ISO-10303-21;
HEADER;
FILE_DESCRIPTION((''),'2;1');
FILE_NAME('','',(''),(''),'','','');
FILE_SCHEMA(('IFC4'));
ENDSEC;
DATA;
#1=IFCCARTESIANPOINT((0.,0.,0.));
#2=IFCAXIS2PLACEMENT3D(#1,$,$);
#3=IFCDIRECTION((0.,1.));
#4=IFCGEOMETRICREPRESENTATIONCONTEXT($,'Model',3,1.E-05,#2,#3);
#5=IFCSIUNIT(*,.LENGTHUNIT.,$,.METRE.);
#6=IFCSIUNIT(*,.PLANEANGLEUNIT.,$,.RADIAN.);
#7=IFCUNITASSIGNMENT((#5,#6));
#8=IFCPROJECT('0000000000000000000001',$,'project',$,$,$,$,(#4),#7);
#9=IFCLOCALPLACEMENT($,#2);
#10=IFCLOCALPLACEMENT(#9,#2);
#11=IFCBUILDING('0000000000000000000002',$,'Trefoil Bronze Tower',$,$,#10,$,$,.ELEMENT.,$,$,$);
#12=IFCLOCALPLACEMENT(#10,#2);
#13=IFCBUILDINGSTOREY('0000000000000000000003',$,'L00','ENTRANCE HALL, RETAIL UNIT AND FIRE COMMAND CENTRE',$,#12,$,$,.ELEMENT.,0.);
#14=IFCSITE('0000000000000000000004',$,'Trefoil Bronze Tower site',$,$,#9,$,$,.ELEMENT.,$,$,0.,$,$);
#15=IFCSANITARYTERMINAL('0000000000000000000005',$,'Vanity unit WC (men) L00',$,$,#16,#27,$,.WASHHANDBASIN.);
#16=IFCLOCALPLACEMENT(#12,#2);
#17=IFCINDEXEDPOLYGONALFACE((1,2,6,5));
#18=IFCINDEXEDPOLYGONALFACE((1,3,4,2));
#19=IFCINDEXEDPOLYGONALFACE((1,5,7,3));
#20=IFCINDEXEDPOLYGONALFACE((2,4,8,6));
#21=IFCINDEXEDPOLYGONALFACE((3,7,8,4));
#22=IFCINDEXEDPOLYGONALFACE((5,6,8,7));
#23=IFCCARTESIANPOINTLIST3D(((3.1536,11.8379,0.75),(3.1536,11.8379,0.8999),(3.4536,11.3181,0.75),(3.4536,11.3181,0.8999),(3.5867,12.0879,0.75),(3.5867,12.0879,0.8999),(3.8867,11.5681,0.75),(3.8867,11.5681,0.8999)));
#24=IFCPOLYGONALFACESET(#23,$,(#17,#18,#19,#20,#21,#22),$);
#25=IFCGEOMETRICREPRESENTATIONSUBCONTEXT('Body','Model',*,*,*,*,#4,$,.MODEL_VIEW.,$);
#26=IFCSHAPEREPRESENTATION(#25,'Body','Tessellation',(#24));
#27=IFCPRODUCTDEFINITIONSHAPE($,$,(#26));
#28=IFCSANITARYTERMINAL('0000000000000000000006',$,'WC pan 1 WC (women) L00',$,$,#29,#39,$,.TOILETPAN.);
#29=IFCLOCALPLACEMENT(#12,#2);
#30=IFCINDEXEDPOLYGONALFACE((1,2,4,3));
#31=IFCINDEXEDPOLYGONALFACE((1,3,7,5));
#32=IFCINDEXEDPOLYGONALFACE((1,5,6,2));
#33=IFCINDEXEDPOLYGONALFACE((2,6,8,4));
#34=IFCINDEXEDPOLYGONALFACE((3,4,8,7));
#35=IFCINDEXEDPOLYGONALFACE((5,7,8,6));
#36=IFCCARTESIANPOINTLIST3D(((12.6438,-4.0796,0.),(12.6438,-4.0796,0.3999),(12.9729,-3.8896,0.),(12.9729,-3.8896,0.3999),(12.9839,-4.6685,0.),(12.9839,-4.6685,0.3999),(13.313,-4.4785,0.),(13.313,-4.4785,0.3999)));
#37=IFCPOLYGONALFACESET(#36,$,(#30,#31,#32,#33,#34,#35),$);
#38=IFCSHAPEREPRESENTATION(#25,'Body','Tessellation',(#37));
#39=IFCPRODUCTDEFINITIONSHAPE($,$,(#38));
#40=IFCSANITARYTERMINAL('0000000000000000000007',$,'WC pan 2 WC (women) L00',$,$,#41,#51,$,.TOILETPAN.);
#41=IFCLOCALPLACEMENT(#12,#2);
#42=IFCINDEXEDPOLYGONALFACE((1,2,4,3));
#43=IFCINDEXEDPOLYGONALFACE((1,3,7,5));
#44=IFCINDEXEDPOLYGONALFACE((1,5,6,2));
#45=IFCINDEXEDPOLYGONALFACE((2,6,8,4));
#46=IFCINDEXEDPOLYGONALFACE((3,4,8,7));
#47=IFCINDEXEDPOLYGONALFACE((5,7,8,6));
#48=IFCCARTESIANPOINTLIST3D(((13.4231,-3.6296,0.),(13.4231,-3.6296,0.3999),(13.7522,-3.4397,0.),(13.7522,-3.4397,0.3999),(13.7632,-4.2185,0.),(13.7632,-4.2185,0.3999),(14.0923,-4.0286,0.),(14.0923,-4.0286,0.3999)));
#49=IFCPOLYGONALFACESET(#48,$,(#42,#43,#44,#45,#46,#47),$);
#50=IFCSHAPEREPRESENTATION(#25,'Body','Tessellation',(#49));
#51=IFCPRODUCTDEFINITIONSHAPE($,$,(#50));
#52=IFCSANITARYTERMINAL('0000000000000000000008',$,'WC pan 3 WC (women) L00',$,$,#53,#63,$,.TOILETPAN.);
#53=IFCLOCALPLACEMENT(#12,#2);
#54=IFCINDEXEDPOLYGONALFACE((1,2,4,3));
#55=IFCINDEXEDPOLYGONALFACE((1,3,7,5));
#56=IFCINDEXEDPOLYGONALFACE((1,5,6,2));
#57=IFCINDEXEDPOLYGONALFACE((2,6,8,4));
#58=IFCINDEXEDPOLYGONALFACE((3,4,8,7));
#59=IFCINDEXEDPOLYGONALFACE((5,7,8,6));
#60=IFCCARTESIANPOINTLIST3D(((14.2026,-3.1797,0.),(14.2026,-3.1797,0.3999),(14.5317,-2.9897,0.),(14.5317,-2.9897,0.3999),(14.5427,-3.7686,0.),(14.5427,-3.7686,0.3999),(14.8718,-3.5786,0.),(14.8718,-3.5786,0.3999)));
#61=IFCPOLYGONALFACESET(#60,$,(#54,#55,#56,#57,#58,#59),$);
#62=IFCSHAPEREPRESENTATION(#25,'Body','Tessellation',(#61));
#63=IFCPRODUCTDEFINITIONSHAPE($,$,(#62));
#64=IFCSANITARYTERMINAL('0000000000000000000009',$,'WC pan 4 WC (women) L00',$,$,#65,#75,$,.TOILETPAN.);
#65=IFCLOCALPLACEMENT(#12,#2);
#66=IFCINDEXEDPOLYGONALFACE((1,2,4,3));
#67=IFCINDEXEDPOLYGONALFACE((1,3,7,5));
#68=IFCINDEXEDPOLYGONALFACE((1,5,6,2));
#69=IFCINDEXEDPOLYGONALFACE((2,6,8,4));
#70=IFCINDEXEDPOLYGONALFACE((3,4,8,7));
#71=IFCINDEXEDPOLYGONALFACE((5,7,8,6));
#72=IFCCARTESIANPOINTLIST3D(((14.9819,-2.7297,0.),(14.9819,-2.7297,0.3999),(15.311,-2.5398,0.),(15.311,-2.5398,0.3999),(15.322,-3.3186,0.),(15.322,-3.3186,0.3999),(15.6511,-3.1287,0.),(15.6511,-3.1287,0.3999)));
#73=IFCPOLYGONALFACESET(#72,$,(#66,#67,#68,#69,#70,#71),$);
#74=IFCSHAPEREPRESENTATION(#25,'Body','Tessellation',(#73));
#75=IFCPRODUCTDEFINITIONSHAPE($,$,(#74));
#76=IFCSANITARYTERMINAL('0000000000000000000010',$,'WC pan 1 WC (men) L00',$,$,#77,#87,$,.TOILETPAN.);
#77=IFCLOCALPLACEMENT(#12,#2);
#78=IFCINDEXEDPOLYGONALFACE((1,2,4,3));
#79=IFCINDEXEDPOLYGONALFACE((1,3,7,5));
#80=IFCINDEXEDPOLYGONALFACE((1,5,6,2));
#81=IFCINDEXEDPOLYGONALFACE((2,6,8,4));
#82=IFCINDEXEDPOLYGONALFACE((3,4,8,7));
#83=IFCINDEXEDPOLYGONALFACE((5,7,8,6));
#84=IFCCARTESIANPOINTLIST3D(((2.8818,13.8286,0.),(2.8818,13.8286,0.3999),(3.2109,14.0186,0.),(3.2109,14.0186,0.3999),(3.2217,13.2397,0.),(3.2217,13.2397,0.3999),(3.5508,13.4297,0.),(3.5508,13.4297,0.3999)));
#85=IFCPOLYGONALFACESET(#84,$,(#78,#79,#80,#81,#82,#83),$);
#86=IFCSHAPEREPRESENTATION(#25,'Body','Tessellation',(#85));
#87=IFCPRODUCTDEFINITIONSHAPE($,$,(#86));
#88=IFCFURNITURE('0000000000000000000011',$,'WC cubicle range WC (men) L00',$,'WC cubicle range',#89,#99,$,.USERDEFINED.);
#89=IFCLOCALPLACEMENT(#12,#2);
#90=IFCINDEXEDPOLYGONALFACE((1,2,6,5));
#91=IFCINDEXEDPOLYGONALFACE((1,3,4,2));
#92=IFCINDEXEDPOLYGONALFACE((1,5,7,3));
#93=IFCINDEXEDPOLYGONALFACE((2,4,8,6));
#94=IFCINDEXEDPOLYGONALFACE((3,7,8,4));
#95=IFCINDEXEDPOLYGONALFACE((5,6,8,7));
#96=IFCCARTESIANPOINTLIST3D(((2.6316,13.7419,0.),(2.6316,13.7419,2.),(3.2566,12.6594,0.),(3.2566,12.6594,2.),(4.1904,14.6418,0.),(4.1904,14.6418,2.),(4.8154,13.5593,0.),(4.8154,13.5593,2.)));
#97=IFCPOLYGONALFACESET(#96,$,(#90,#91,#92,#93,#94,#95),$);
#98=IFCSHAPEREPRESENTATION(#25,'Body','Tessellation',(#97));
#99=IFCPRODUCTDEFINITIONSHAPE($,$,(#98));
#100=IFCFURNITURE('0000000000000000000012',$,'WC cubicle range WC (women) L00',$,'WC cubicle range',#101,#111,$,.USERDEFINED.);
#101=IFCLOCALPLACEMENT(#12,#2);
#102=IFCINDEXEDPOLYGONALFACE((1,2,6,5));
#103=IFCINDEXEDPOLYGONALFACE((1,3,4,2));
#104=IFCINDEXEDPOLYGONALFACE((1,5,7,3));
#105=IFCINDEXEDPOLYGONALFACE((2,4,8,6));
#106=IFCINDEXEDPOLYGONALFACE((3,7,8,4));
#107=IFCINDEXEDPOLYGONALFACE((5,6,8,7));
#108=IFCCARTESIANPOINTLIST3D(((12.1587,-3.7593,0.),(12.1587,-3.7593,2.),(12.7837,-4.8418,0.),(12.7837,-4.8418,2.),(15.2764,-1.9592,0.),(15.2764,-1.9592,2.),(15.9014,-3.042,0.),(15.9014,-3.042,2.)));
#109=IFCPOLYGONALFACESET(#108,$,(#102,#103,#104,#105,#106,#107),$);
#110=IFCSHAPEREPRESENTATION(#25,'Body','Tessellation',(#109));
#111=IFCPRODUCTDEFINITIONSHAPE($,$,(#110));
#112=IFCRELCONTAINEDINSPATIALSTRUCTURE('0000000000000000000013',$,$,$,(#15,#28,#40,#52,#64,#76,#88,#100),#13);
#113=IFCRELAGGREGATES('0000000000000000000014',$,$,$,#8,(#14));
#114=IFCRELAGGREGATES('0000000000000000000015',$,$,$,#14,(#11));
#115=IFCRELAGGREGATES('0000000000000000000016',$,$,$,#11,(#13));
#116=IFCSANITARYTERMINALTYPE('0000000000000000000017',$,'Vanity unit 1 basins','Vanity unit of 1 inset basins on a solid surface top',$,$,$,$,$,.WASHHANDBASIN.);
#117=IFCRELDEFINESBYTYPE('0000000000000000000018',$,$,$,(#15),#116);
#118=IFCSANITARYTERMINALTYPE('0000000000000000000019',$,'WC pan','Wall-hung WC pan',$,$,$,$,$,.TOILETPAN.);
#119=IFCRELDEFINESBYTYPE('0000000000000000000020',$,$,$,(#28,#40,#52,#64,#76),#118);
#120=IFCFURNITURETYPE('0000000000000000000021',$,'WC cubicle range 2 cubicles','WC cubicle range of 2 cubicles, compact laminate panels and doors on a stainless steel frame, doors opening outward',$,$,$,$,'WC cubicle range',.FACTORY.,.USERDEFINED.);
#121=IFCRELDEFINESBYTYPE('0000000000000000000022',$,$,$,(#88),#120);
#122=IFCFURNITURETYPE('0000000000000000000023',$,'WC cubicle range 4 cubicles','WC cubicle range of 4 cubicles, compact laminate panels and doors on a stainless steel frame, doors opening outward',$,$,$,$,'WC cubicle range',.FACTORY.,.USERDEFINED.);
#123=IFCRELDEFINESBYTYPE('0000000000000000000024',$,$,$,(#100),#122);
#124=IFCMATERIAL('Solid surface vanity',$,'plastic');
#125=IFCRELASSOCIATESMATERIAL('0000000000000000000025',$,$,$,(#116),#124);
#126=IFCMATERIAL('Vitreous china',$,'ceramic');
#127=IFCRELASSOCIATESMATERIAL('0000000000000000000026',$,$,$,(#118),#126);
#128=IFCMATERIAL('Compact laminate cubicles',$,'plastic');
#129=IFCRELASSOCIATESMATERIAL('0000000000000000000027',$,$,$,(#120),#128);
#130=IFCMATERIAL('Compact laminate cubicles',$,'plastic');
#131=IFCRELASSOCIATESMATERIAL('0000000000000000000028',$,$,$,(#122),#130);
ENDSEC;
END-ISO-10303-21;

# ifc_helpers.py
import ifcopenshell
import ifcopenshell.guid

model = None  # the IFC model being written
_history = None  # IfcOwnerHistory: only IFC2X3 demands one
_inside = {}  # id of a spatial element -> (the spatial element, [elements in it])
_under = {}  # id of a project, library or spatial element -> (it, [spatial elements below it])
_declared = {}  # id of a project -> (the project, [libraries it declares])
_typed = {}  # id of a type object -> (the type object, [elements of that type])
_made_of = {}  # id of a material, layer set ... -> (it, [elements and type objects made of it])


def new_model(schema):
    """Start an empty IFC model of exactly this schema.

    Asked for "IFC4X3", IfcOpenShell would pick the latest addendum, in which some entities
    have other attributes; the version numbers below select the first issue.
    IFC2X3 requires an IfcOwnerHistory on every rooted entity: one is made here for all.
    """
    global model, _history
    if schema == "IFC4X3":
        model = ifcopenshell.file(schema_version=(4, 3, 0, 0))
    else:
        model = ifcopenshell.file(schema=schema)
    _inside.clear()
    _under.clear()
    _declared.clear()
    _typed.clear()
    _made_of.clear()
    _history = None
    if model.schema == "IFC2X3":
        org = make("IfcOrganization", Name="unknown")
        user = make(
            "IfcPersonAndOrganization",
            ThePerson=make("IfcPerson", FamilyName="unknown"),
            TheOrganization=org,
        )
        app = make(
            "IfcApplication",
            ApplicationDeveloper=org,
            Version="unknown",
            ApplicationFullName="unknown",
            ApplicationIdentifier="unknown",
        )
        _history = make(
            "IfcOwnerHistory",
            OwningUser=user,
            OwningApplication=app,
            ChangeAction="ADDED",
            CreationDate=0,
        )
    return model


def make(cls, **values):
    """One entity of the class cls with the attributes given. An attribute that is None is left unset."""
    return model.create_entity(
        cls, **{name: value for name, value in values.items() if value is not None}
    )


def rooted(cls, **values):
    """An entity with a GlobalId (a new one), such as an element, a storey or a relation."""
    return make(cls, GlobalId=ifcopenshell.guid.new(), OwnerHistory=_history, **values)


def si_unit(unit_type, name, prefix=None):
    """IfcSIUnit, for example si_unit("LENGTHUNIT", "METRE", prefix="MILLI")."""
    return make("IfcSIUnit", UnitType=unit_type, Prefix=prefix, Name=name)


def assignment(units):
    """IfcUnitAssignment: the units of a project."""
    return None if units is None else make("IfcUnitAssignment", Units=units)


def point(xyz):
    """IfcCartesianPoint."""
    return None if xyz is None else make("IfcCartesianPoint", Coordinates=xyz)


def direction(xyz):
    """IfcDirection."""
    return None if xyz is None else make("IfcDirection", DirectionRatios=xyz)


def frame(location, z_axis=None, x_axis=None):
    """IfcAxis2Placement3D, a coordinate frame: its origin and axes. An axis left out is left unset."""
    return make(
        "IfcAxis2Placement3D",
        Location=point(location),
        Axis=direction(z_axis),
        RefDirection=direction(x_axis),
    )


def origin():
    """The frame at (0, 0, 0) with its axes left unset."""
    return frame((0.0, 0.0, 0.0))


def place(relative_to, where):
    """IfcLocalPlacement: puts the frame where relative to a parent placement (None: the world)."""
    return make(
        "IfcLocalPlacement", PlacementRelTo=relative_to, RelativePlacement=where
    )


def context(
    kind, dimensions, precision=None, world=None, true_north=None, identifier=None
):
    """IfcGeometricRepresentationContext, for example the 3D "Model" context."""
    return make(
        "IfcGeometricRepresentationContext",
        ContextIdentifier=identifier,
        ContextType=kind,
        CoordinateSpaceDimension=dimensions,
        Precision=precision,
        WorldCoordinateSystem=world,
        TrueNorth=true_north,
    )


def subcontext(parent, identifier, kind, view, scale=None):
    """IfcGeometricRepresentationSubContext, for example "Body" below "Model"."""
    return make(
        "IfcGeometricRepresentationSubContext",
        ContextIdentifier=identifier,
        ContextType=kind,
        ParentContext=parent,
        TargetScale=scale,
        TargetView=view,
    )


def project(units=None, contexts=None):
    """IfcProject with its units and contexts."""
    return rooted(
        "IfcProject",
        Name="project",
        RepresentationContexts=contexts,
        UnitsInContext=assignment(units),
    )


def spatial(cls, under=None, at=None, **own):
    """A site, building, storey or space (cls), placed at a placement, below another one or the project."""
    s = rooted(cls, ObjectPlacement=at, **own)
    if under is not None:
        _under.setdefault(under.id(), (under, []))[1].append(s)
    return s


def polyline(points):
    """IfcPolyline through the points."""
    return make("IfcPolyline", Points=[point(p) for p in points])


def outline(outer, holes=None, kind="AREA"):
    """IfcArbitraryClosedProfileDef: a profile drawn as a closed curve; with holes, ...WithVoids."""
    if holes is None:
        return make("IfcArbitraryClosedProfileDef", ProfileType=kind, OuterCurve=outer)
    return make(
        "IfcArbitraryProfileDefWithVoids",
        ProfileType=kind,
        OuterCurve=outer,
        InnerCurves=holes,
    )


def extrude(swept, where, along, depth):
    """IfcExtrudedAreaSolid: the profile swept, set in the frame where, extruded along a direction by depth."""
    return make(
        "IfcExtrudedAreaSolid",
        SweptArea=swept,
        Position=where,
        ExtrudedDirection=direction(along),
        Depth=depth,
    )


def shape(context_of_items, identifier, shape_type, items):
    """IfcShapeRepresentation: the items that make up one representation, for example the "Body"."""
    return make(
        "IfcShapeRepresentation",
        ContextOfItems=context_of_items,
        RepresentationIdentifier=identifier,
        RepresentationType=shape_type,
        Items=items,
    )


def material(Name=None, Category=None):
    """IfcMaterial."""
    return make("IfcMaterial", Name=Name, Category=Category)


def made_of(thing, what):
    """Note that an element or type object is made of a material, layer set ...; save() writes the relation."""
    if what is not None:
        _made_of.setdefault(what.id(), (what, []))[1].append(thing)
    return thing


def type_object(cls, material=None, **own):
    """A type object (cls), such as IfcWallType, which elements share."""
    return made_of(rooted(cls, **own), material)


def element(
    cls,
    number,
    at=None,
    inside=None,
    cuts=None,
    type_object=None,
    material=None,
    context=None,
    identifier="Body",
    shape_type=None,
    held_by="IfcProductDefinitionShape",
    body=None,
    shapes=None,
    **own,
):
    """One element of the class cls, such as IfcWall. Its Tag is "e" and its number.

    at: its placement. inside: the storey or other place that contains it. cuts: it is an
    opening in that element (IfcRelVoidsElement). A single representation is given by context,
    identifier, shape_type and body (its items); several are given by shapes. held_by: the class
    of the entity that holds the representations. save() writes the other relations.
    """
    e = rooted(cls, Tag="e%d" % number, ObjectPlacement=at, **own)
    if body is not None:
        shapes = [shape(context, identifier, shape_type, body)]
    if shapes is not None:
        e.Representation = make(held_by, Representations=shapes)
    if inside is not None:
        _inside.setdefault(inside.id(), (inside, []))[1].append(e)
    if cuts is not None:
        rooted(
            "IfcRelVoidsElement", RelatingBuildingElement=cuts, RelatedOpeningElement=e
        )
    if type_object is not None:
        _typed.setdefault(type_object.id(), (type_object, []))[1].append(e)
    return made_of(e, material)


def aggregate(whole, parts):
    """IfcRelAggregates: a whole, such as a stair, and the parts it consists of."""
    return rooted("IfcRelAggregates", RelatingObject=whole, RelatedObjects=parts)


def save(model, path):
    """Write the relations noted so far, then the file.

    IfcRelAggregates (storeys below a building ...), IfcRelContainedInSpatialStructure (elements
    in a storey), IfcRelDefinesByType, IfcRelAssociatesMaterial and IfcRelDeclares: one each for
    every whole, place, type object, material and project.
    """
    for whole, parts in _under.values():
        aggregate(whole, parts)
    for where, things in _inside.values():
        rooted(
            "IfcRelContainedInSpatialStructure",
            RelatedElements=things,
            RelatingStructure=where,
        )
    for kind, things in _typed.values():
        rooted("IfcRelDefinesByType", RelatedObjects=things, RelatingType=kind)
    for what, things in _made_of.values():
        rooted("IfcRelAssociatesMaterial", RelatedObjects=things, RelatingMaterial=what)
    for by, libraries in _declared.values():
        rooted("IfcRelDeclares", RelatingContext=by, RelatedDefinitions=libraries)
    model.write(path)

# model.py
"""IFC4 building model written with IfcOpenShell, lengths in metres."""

from ifc_helpers import new_model, si_unit, direction, frame, origin, place, context, subcontext, project, spatial, polyline, outline, extrude, material, type_object, element, save


model = new_model("IFC4")

# Units and contexts
model_context = context("Model", 3, precision=1e-05, world=origin(), true_north=direction((0.0, 1.0)))
body_context = subcontext(model_context, "Body", "Model", "MODEL_VIEW")
ifc_project = project(units=[si_unit("LENGTHUNIT", "METRE"), si_unit("PLANEANGLEUNIT", "RADIAN")], contexts=[model_context])

# Site, building, storey
site_placement = place(None, origin())
site = spatial("IfcSite", under=ifc_project, at=site_placement, Name="Trefoil Bronze Tower site", CompositionType="ELEMENT", RefElevation=0.0)
building_placement = place(site_placement, origin())
building = spatial("IfcBuilding", under=site, at=building_placement, Name="Trefoil Bronze Tower", CompositionType="ELEMENT")
storey_placement = place(building_placement, origin())
storey = spatial("IfcBuildingStorey", under=building, at=storey_placement, Name="L00", Description="ENTRANCE HALL, RETAIL UNIT AND FIRE COMMAND CENTRE", CompositionType="ELEMENT", Elevation=0.0)

# Sanitary terminals
ifc_material_1 = material(Name="Solid surface vanity", Category="plastic")
sanitary_terminal_type_1 = type_object("IfcSanitaryTerminalType", Name="Vanity unit 1 basins", Description="Vanity unit of 1 inset basins on a solid surface top", PredefinedType="WASHHANDBASIN", material=ifc_material_1)
sanitary_terminal_1_placement = place(storey_placement, frame((0.0, 0.0, 0.75)))
element("IfcSanitaryTerminal", 1, at=sanitary_terminal_1_placement, inside=storey, type_object=sanitary_terminal_type_1, Name="Vanity unit WC (men) L00", PredefinedType="WASHHANDBASIN", context=body_context, shape_type="SweptSolid", body=[
    extrude(outline(polyline([(3.4536, 11.3181), (3.1536, 11.8379), (3.5867, 12.0879), (3.8867, 11.5681), (3.4536, 11.3181)])), origin(), (0.0, 0.0, 1.0), 0.1499),
])
ifc_material_2 = material(Name="Vitreous china", Category="ceramic")
sanitary_terminal_type_2 = type_object("IfcSanitaryTerminalType", Name="WC pan", Description="Wall-hung WC pan", PredefinedType="TOILETPAN", material=ifc_material_2)
sanitary_terminal_2_placement = place(storey_placement, origin())
element("IfcSanitaryTerminal", 2, at=sanitary_terminal_2_placement, inside=storey, type_object=sanitary_terminal_type_2, Name="WC pan 1 WC (women) L00", PredefinedType="TOILETPAN", context=body_context, shape_type="SweptSolid", body=[
    extrude(outline(polyline([(12.6438, -4.0796), (12.9839, -4.6685), (13.313, -4.4785), (12.9729, -3.8896), (12.6438, -4.0796)])), origin(), (0.0, 0.0, 1.0), 0.3999),
])
sanitary_terminal_3_placement = place(storey_placement, origin())
element("IfcSanitaryTerminal", 3, at=sanitary_terminal_3_placement, inside=storey, type_object=sanitary_terminal_type_2, Name="WC pan 2 WC (women) L00", PredefinedType="TOILETPAN", context=body_context, shape_type="SweptSolid", body=[
    extrude(outline(polyline([(13.4231, -3.6296), (13.7632, -4.2185), (14.0923, -4.0286), (13.7522, -3.4397), (13.4231, -3.6296)])), origin(), (0.0, 0.0, 1.0), 0.3999),
])
sanitary_terminal_4_placement = place(storey_placement, origin())
element("IfcSanitaryTerminal", 4, at=sanitary_terminal_4_placement, inside=storey, type_object=sanitary_terminal_type_2, Name="WC pan 3 WC (women) L00", PredefinedType="TOILETPAN", context=body_context, shape_type="SweptSolid", body=[
    extrude(outline(polyline([(14.2026, -3.1797), (14.5427, -3.7686), (14.8718, -3.5786), (14.5317, -2.9897), (14.2026, -3.1797)])), origin(), (0.0, 0.0, 1.0), 0.3999),
])
sanitary_terminal_5_placement = place(storey_placement, origin())
element("IfcSanitaryTerminal", 5, at=sanitary_terminal_5_placement, inside=storey, type_object=sanitary_terminal_type_2, Name="WC pan 4 WC (women) L00", PredefinedType="TOILETPAN", context=body_context, shape_type="SweptSolid", body=[
    extrude(outline(polyline([(14.9819, -2.7297), (15.322, -3.3186), (15.6511, -3.1287), (15.311, -2.5398), (14.9819, -2.7297)])), origin(), (0.0, 0.0, 1.0), 0.3999),
])
sanitary_terminal_6_placement = place(storey_placement, origin())
element("IfcSanitaryTerminal", 6, at=sanitary_terminal_6_placement, inside=storey, type_object=sanitary_terminal_type_2, Name="WC pan 1 WC (men) L00", PredefinedType="TOILETPAN", context=body_context, shape_type="SweptSolid", body=[
    extrude(outline(polyline([(3.2217, 13.2397), (2.8818, 13.8286), (3.2109, 14.0186), (3.5508, 13.4297), (3.2217, 13.2397)])), origin(), (0.0, 0.0, 1.0), 0.3999),
])

# Furniture
ifc_material_3 = material(Name="Compact laminate cubicles", Category="plastic")
furniture_type_1 = type_object("IfcFurnitureType", Name="WC cubicle range 2 cubicles", Description="WC cubicle range of 2 cubicles, compact laminate panels and doors on a stainless steel frame, doors opening outward", ElementType="WC cubicle range", AssemblyPlace="FACTORY", PredefinedType="USERDEFINED", material=ifc_material_3)
furniture_1_placement = place(storey_placement, origin())
element("IfcFurniture", 7, at=furniture_1_placement, inside=storey, type_object=furniture_type_1, Name="WC cubicle range WC (men) L00", ObjectType="WC cubicle range", PredefinedType="USERDEFINED", context=body_context, shape_type="SweptSolid", body=[
    extrude(outline(polyline([(3.2566, 12.6594), (2.6316, 13.7419), (4.1904, 14.6418), (4.8154, 13.5593), (3.2566, 12.6594)])), origin(), (0.0, 0.0, 1.0), 2.0),
])
ifc_material_4 = material(Name="Compact laminate cubicles", Category="plastic")
furniture_type_2 = type_object("IfcFurnitureType", Name="WC cubicle range 4 cubicles", Description="WC cubicle range of 4 cubicles, compact laminate panels and doors on a stainless steel frame, doors opening outward", ElementType="WC cubicle range", AssemblyPlace="FACTORY", PredefinedType="USERDEFINED", material=ifc_material_4)
furniture_2_placement = place(storey_placement, origin())
element("IfcFurniture", 8, at=furniture_2_placement, inside=storey, type_object=furniture_type_2, Name="WC cubicle range WC (women) L00", ObjectType="WC cubicle range", PredefinedType="USERDEFINED", context=body_context, shape_type="SweptSolid", body=[
    extrude(outline(polyline([(12.1587, -3.7593), (12.7837, -4.8418), (15.9014, -3.042), (15.2764, -1.9592), (12.1587, -3.7593)])), origin(), (0.0, 0.0, 1.0), 2.0),
])

save(model, "model.ifc")
